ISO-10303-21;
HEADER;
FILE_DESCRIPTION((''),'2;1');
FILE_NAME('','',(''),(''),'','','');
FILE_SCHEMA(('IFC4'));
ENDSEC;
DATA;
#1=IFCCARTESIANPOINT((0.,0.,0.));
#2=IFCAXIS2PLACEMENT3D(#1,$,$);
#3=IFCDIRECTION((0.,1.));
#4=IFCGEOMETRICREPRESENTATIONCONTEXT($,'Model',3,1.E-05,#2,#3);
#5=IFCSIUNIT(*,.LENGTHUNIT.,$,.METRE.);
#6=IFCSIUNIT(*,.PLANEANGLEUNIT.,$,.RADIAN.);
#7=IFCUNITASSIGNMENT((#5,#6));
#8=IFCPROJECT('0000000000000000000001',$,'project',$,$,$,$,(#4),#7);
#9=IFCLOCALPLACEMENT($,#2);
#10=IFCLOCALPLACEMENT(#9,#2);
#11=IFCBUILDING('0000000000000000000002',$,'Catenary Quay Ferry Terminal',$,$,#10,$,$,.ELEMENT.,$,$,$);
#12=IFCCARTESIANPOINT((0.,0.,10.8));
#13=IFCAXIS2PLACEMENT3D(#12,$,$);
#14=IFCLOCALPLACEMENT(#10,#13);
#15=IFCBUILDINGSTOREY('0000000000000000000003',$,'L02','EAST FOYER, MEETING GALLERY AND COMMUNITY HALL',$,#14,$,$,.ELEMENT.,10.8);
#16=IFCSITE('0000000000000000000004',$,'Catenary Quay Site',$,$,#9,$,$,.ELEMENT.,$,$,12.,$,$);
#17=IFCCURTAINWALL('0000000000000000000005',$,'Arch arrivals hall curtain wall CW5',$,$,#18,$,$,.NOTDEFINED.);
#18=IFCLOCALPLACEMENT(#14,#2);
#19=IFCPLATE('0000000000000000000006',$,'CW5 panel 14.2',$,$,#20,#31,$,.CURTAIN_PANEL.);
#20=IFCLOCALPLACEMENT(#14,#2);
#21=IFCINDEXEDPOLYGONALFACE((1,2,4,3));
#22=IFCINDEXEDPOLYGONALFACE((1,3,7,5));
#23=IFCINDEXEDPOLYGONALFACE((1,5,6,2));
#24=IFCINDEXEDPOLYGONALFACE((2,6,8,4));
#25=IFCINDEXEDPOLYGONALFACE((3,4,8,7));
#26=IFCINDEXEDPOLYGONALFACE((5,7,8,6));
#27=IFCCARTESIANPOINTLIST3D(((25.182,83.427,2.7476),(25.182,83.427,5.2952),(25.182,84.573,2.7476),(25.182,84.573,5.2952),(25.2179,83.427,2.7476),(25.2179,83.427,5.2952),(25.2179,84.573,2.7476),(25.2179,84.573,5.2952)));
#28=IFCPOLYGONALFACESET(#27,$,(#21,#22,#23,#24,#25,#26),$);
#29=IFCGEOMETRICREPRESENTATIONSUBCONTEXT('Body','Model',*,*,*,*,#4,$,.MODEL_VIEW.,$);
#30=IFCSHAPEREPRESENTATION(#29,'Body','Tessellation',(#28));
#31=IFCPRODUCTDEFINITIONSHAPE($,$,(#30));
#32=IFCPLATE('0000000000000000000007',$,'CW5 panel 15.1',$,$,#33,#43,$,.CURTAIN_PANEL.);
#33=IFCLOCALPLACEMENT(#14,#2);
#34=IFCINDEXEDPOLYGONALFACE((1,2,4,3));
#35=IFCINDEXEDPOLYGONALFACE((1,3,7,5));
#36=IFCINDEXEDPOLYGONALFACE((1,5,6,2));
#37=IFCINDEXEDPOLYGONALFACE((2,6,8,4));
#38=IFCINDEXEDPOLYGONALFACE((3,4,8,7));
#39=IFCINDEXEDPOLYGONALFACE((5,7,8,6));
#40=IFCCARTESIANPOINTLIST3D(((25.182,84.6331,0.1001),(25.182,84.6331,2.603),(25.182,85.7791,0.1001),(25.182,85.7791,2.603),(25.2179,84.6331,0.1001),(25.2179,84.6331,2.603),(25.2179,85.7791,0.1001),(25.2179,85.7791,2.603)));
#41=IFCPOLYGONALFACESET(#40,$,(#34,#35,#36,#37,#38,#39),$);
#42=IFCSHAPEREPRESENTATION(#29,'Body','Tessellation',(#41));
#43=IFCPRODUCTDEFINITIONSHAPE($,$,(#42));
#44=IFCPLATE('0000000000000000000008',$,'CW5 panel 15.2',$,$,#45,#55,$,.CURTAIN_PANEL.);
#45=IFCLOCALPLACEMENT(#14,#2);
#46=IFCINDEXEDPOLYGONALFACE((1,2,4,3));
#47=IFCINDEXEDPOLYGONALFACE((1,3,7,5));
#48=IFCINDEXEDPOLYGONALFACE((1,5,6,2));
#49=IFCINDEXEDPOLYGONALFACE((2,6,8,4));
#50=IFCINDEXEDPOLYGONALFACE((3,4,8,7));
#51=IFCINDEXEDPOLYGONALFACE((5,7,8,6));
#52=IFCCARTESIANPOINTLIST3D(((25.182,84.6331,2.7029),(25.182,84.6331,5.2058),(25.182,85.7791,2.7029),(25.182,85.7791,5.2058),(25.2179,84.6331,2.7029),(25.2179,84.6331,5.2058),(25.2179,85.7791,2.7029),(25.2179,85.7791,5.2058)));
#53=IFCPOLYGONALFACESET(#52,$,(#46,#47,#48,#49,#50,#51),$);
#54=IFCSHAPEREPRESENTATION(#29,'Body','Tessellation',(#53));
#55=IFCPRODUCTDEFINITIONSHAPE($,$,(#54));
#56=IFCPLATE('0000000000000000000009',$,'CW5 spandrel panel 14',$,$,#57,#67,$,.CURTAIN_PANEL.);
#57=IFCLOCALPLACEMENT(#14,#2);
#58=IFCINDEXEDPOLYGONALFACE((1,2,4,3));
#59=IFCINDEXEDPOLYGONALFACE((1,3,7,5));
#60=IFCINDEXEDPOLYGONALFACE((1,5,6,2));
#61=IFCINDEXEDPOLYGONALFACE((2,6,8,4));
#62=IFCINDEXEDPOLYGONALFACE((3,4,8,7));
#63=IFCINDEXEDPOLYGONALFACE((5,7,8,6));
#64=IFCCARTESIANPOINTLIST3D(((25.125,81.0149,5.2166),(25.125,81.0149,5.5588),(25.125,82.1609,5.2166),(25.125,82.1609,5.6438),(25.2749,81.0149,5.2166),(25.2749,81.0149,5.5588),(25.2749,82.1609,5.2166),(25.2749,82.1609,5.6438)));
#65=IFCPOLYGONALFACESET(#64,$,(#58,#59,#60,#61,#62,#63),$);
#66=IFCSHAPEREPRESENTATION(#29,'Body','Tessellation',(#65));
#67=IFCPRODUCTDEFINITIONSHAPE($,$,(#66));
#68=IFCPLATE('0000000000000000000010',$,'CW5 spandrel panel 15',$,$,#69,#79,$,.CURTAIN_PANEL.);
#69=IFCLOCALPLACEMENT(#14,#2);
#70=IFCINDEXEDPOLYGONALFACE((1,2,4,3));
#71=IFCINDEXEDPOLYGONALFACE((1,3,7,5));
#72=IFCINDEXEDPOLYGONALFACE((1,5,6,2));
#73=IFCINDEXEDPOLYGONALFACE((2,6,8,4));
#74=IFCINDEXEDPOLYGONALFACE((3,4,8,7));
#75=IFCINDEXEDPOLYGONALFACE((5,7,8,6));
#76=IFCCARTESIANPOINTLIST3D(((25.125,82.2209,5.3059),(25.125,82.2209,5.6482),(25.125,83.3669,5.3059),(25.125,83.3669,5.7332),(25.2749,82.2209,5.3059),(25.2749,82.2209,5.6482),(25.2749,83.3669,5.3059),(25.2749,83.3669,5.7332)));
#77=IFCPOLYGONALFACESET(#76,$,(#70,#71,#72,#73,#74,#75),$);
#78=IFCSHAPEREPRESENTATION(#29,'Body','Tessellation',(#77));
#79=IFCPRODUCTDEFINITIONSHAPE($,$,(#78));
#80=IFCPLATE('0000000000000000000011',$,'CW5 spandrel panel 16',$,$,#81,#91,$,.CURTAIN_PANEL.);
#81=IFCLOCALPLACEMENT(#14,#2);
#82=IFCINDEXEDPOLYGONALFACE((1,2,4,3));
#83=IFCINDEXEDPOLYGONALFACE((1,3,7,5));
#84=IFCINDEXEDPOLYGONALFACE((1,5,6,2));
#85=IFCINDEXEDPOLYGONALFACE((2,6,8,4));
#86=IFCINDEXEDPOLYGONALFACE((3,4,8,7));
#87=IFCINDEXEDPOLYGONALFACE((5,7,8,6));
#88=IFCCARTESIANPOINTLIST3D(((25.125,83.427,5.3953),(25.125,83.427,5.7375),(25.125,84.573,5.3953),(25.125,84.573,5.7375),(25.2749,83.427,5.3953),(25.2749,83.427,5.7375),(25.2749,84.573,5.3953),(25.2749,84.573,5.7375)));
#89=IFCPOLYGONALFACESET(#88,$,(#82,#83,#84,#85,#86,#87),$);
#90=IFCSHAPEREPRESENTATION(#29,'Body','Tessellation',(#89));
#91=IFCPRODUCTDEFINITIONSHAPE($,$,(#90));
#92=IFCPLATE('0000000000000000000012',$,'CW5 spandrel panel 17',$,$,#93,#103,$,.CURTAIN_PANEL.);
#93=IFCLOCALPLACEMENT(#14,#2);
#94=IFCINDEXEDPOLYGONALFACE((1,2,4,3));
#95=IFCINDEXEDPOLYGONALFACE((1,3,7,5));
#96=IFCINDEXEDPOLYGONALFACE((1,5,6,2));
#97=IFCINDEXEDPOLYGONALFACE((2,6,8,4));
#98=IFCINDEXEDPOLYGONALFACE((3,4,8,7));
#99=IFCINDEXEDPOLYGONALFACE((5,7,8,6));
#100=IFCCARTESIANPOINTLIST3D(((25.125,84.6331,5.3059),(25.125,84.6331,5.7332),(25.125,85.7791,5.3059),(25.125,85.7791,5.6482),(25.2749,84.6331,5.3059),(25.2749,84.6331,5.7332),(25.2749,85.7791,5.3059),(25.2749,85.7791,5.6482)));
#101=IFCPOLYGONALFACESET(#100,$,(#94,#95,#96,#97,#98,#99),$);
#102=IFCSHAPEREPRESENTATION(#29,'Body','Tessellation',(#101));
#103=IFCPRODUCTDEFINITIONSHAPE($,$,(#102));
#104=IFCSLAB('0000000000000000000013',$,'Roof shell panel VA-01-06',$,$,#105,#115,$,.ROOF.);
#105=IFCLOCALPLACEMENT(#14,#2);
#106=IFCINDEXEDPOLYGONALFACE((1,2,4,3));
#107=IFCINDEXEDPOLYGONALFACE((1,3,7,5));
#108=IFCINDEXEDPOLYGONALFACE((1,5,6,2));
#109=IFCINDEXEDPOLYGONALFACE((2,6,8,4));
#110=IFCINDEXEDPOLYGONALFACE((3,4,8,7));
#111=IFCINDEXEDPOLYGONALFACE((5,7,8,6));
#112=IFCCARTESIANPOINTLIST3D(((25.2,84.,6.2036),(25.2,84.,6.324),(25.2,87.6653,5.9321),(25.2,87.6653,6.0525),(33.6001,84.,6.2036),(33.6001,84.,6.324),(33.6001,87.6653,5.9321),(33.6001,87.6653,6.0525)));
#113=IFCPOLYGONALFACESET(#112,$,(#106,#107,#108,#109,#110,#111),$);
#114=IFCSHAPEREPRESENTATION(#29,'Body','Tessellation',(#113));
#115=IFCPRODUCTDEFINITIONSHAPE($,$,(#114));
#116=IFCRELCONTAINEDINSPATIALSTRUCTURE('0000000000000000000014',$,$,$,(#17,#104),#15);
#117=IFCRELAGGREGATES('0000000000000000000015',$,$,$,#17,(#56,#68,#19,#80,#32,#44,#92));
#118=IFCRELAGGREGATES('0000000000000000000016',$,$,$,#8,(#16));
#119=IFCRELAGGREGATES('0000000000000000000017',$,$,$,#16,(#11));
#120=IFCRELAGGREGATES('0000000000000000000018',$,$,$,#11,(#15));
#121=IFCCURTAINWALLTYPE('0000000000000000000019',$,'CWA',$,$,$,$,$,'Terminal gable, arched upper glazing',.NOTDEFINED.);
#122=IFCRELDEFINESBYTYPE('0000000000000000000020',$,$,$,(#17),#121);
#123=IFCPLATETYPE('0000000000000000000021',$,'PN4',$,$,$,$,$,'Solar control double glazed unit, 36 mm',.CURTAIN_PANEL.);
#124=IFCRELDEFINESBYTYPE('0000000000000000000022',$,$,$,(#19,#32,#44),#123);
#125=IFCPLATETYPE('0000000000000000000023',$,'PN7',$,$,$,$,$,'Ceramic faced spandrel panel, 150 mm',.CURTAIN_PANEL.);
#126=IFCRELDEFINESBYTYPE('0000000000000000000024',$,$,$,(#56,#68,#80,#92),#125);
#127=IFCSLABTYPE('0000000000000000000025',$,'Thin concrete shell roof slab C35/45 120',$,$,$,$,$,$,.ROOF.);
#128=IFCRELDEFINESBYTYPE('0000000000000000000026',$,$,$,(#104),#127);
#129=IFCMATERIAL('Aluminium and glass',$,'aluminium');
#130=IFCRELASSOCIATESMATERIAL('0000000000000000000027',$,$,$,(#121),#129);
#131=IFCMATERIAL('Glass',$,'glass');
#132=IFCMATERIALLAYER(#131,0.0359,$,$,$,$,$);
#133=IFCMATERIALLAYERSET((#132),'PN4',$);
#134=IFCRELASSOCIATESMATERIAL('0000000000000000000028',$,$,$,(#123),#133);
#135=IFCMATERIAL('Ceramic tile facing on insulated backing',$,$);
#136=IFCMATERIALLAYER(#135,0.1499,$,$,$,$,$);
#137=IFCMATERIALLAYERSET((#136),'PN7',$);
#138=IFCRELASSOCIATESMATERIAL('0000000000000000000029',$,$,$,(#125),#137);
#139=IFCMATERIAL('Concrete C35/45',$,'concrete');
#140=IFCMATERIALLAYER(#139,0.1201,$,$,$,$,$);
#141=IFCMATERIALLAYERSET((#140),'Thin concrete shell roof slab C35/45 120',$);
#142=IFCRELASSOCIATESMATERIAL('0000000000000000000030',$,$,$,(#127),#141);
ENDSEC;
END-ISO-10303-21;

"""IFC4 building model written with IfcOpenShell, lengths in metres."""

from ifc_helpers import new_model, si_unit, direction, frame, origin, origin_2d, place, context, subcontext, project, spatial, polyline, rectangle, outline, extrude, material, layer, layer_set, type_object, element, aggregate, save


model = new_model("IFC4")

# Units and contexts
model_context = context("Model", 3, precision=1e-05, world=origin(), true_north=direction((0.0, 1.0)))
body_context = subcontext(model_context, "Body", "Model", "MODEL_VIEW")
ifc_project = project(units=[si_unit("LENGTHUNIT", "METRE"), si_unit("PLANEANGLEUNIT", "RADIAN")], contexts=[model_context])

# Site, building, storey
site_placement = place(None, origin())
site = spatial("IfcSite", under=ifc_project, at=site_placement, Name="Catenary Quay Site", CompositionType="ELEMENT", RefElevation=12.0)
building_placement = place(site_placement, origin())
building = spatial("IfcBuilding", under=site, at=building_placement, Name="Catenary Quay Ferry Terminal", CompositionType="ELEMENT")
storey_placement = place(building_placement, frame((0.0, 0.0, 10.8)))
storey = spatial("IfcBuildingStorey", under=building, at=storey_placement, Name="L02", Description="EAST FOYER, MEETING GALLERY AND COMMUNITY HALL", CompositionType="ELEMENT", Elevation=10.8)

# Curtain wall
ifc_material_1 = material(Name="Aluminium and glass", Category="aluminium")
curtain_wall_type = type_object("IfcCurtainWallType", Name="CWA", ElementType="Terminal gable, arched upper glazing", PredefinedType="NOTDEFINED", material=ifc_material_1)
curtain_wall_placement = place(storey_placement, origin())
curtain_wall = element("IfcCurtainWall", 1, at=curtain_wall_placement, inside=storey, type_object=curtain_wall_type, Name="Arch arrivals hall curtain wall CW5", PredefinedType="NOTDEFINED")

# Plates
ifc_material_2 = material(Name="Glass", Category="glass")
ifc_layer_1 = layer(ifc_material_2, 0.0359)
ifc_layer_set_1 = layer_set([ifc_layer_1], Name="PN4")
plate_type_1 = type_object("IfcPlateType", Name="PN4", ElementType="Solar control double glazed unit, 36 mm", PredefinedType="CURTAIN_PANEL", material=ifc_layer_set_1)
plate_1_placement = place(storey_placement, frame((25.2, 84.0, 2.7476), z_axis=(0.0, 0.0, 1.0), x_axis=(0.0, 1.0, 0.0)))
plate_1 = element("IfcPlate", 2, at=plate_1_placement, type_object=plate_type_1, Name="CW5 panel 14.2", PredefinedType="CURTAIN_PANEL", context=body_context, shape_type="SweptSolid", body=[
    extrude(rectangle(XDim=1.146, YDim=0.0359, at=origin_2d()), origin(), (0.0, 0.0, 1.0), 2.5476),
])
plate_2_placement = place(storey_placement, frame((25.2, 85.2061, 0.1001), z_axis=(0.0, 0.0, 1.0), x_axis=(0.0, 1.0, 0.0)))
plate_2 = element("IfcPlate", 3, at=plate_2_placement, type_object=plate_type_1, Name="CW5 panel 15.1", PredefinedType="CURTAIN_PANEL", context=body_context, shape_type="SweptSolid", body=[
    extrude(rectangle(XDim=1.146, YDim=0.0359, at=origin_2d()), origin(), (0.0, 0.0, 1.0), 2.5029),
])
plate_3_placement = place(storey_placement, frame((25.2, 85.2061, 2.7029), z_axis=(0.0, 0.0, 1.0), x_axis=(0.0, 1.0, 0.0)))
plate_3 = element("IfcPlate", 4, at=plate_3_placement, type_object=plate_type_1, Name="CW5 panel 15.2", PredefinedType="CURTAIN_PANEL", context=body_context, shape_type="SweptSolid", body=[
    extrude(rectangle(XDim=1.146, YDim=0.0359, at=origin_2d()), origin(), (0.0, 0.0, 1.0), 2.5029),
])
ifc_material_3 = material(Name="Ceramic tile facing on insulated backing")
ifc_layer_2 = layer(ifc_material_3, 0.1499)
ifc_layer_set_2 = layer_set([ifc_layer_2], Name="PN7")
plate_type_2 = type_object("IfcPlateType", Name="PN7", ElementType="Ceramic faced spandrel panel, 150 mm", PredefinedType="CURTAIN_PANEL", material=ifc_layer_set_2)
plate_4_placement = place(storey_placement, frame((25.2, 81.0149, 5.2166), z_axis=(0.0, 0.0, 1.0), x_axis=(0.0, 1.0, 0.0)))
plate_4 = element("IfcPlate", 5, at=plate_4_placement, type_object=plate_type_2, Name="CW5 spandrel panel 14", PredefinedType="CURTAIN_PANEL", context=body_context, shape_type="SweptSolid", body=[
    extrude(outline(polyline([(0.0, 0.0), (1.146, 0.0), (1.146, 0.4272), (0.0, 0.3423), (0.0, 0.0)])), frame((0.0, 0.075, 0.0), z_axis=(0.0, -1.0, 0.0), x_axis=(1.0, 0.0, 0.0)), (0.0, 0.0, 1.0), 0.1499),
])
plate_5_placement = place(storey_placement, frame((25.2, 82.2209, 5.3059), z_axis=(0.0, 0.0, 1.0), x_axis=(0.0, 1.0, 0.0)))
plate_5 = element("IfcPlate", 6, at=plate_5_placement, type_object=plate_type_2, Name="CW5 spandrel panel 15", PredefinedType="CURTAIN_PANEL", context=body_context, shape_type="SweptSolid", body=[
    extrude(outline(polyline([(0.0, 0.0), (1.146, 0.0), (1.146, 0.4272), (0.0, 0.3423), (0.0, 0.0)])), frame((0.0, 0.075, 0.0), z_axis=(0.0, -1.0, 0.0), x_axis=(1.0, 0.0, 0.0)), (0.0, 0.0, 1.0), 0.1499),
])
plate_6_placement = place(storey_placement, frame((25.2, 83.427, 5.3953), z_axis=(0.0, 0.0, 1.0), x_axis=(0.0, 1.0, 0.0)))
plate_6 = element("IfcPlate", 7, at=plate_6_placement, type_object=plate_type_2, Name="CW5 spandrel panel 16", PredefinedType="CURTAIN_PANEL", context=body_context, shape_type="SweptSolid", body=[
    extrude(outline(polyline([(0.0, 0.0), (1.146, 0.0), (1.146, 0.3423), (0.0, 0.3423), (0.0, 0.0)])), frame((0.0, 0.075, 0.0), z_axis=(0.0, -1.0, 0.0), x_axis=(1.0, 0.0, 0.0)), (0.0, 0.0, 1.0), 0.1499),
])
plate_7_placement = place(storey_placement, frame((25.2, 84.6331, 5.3059), z_axis=(0.0, 0.0, 1.0), x_axis=(0.0, 1.0, 0.0)))
plate_7 = element("IfcPlate", 8, at=plate_7_placement, type_object=plate_type_2, Name="CW5 spandrel panel 17", PredefinedType="CURTAIN_PANEL", context=body_context, shape_type="SweptSolid", body=[
    extrude(outline(polyline([(0.0, 0.0), (1.146, 0.0), (1.146, 0.3423), (0.0, 0.4272), (0.0, 0.0)])), frame((0.0, 0.075, 0.0), z_axis=(0.0, -1.0, 0.0), x_axis=(1.0, 0.0, 0.0)), (0.0, 0.0, 1.0), 0.1499),
])
aggregate(curtain_wall, [plate_4, plate_5, plate_1, plate_6, plate_2, plate_3, plate_7])

# Slab
ifc_material_4 = material(Name="Concrete C35/45", Category="concrete")
ifc_layer_3 = layer(ifc_material_4, 0.1201)
ifc_layer_set_3 = layer_set([ifc_layer_3], Name="Thin concrete shell roof slab C35/45 120")
slab_type = type_object("IfcSlabType", Name="Thin concrete shell roof slab C35/45 120", PredefinedType="ROOF", material=ifc_layer_set_3)
slab_placement = place(storey_placement, frame((25.2, 84.0, 6.324), z_axis=(0.0, 0.073867, 0.997268), x_axis=(1.0, 0.0, 0.0)))
element("IfcSlab", 9, at=slab_placement, inside=storey, type_object=slab_type, Name="Roof shell panel VA-01-06", PredefinedType="ROOF", context=body_context, shape_type="SweptSolid", body=[
    extrude(outline(polyline([(0.0, 0.0), (8.4001, 0.0), (8.4001, 3.6753), (0.0, 3.6753), (0.0, 0.0)])), origin(), (0.0, 0.073867, -0.997268), 0.1204),
])

save(model, "model.ifc")
